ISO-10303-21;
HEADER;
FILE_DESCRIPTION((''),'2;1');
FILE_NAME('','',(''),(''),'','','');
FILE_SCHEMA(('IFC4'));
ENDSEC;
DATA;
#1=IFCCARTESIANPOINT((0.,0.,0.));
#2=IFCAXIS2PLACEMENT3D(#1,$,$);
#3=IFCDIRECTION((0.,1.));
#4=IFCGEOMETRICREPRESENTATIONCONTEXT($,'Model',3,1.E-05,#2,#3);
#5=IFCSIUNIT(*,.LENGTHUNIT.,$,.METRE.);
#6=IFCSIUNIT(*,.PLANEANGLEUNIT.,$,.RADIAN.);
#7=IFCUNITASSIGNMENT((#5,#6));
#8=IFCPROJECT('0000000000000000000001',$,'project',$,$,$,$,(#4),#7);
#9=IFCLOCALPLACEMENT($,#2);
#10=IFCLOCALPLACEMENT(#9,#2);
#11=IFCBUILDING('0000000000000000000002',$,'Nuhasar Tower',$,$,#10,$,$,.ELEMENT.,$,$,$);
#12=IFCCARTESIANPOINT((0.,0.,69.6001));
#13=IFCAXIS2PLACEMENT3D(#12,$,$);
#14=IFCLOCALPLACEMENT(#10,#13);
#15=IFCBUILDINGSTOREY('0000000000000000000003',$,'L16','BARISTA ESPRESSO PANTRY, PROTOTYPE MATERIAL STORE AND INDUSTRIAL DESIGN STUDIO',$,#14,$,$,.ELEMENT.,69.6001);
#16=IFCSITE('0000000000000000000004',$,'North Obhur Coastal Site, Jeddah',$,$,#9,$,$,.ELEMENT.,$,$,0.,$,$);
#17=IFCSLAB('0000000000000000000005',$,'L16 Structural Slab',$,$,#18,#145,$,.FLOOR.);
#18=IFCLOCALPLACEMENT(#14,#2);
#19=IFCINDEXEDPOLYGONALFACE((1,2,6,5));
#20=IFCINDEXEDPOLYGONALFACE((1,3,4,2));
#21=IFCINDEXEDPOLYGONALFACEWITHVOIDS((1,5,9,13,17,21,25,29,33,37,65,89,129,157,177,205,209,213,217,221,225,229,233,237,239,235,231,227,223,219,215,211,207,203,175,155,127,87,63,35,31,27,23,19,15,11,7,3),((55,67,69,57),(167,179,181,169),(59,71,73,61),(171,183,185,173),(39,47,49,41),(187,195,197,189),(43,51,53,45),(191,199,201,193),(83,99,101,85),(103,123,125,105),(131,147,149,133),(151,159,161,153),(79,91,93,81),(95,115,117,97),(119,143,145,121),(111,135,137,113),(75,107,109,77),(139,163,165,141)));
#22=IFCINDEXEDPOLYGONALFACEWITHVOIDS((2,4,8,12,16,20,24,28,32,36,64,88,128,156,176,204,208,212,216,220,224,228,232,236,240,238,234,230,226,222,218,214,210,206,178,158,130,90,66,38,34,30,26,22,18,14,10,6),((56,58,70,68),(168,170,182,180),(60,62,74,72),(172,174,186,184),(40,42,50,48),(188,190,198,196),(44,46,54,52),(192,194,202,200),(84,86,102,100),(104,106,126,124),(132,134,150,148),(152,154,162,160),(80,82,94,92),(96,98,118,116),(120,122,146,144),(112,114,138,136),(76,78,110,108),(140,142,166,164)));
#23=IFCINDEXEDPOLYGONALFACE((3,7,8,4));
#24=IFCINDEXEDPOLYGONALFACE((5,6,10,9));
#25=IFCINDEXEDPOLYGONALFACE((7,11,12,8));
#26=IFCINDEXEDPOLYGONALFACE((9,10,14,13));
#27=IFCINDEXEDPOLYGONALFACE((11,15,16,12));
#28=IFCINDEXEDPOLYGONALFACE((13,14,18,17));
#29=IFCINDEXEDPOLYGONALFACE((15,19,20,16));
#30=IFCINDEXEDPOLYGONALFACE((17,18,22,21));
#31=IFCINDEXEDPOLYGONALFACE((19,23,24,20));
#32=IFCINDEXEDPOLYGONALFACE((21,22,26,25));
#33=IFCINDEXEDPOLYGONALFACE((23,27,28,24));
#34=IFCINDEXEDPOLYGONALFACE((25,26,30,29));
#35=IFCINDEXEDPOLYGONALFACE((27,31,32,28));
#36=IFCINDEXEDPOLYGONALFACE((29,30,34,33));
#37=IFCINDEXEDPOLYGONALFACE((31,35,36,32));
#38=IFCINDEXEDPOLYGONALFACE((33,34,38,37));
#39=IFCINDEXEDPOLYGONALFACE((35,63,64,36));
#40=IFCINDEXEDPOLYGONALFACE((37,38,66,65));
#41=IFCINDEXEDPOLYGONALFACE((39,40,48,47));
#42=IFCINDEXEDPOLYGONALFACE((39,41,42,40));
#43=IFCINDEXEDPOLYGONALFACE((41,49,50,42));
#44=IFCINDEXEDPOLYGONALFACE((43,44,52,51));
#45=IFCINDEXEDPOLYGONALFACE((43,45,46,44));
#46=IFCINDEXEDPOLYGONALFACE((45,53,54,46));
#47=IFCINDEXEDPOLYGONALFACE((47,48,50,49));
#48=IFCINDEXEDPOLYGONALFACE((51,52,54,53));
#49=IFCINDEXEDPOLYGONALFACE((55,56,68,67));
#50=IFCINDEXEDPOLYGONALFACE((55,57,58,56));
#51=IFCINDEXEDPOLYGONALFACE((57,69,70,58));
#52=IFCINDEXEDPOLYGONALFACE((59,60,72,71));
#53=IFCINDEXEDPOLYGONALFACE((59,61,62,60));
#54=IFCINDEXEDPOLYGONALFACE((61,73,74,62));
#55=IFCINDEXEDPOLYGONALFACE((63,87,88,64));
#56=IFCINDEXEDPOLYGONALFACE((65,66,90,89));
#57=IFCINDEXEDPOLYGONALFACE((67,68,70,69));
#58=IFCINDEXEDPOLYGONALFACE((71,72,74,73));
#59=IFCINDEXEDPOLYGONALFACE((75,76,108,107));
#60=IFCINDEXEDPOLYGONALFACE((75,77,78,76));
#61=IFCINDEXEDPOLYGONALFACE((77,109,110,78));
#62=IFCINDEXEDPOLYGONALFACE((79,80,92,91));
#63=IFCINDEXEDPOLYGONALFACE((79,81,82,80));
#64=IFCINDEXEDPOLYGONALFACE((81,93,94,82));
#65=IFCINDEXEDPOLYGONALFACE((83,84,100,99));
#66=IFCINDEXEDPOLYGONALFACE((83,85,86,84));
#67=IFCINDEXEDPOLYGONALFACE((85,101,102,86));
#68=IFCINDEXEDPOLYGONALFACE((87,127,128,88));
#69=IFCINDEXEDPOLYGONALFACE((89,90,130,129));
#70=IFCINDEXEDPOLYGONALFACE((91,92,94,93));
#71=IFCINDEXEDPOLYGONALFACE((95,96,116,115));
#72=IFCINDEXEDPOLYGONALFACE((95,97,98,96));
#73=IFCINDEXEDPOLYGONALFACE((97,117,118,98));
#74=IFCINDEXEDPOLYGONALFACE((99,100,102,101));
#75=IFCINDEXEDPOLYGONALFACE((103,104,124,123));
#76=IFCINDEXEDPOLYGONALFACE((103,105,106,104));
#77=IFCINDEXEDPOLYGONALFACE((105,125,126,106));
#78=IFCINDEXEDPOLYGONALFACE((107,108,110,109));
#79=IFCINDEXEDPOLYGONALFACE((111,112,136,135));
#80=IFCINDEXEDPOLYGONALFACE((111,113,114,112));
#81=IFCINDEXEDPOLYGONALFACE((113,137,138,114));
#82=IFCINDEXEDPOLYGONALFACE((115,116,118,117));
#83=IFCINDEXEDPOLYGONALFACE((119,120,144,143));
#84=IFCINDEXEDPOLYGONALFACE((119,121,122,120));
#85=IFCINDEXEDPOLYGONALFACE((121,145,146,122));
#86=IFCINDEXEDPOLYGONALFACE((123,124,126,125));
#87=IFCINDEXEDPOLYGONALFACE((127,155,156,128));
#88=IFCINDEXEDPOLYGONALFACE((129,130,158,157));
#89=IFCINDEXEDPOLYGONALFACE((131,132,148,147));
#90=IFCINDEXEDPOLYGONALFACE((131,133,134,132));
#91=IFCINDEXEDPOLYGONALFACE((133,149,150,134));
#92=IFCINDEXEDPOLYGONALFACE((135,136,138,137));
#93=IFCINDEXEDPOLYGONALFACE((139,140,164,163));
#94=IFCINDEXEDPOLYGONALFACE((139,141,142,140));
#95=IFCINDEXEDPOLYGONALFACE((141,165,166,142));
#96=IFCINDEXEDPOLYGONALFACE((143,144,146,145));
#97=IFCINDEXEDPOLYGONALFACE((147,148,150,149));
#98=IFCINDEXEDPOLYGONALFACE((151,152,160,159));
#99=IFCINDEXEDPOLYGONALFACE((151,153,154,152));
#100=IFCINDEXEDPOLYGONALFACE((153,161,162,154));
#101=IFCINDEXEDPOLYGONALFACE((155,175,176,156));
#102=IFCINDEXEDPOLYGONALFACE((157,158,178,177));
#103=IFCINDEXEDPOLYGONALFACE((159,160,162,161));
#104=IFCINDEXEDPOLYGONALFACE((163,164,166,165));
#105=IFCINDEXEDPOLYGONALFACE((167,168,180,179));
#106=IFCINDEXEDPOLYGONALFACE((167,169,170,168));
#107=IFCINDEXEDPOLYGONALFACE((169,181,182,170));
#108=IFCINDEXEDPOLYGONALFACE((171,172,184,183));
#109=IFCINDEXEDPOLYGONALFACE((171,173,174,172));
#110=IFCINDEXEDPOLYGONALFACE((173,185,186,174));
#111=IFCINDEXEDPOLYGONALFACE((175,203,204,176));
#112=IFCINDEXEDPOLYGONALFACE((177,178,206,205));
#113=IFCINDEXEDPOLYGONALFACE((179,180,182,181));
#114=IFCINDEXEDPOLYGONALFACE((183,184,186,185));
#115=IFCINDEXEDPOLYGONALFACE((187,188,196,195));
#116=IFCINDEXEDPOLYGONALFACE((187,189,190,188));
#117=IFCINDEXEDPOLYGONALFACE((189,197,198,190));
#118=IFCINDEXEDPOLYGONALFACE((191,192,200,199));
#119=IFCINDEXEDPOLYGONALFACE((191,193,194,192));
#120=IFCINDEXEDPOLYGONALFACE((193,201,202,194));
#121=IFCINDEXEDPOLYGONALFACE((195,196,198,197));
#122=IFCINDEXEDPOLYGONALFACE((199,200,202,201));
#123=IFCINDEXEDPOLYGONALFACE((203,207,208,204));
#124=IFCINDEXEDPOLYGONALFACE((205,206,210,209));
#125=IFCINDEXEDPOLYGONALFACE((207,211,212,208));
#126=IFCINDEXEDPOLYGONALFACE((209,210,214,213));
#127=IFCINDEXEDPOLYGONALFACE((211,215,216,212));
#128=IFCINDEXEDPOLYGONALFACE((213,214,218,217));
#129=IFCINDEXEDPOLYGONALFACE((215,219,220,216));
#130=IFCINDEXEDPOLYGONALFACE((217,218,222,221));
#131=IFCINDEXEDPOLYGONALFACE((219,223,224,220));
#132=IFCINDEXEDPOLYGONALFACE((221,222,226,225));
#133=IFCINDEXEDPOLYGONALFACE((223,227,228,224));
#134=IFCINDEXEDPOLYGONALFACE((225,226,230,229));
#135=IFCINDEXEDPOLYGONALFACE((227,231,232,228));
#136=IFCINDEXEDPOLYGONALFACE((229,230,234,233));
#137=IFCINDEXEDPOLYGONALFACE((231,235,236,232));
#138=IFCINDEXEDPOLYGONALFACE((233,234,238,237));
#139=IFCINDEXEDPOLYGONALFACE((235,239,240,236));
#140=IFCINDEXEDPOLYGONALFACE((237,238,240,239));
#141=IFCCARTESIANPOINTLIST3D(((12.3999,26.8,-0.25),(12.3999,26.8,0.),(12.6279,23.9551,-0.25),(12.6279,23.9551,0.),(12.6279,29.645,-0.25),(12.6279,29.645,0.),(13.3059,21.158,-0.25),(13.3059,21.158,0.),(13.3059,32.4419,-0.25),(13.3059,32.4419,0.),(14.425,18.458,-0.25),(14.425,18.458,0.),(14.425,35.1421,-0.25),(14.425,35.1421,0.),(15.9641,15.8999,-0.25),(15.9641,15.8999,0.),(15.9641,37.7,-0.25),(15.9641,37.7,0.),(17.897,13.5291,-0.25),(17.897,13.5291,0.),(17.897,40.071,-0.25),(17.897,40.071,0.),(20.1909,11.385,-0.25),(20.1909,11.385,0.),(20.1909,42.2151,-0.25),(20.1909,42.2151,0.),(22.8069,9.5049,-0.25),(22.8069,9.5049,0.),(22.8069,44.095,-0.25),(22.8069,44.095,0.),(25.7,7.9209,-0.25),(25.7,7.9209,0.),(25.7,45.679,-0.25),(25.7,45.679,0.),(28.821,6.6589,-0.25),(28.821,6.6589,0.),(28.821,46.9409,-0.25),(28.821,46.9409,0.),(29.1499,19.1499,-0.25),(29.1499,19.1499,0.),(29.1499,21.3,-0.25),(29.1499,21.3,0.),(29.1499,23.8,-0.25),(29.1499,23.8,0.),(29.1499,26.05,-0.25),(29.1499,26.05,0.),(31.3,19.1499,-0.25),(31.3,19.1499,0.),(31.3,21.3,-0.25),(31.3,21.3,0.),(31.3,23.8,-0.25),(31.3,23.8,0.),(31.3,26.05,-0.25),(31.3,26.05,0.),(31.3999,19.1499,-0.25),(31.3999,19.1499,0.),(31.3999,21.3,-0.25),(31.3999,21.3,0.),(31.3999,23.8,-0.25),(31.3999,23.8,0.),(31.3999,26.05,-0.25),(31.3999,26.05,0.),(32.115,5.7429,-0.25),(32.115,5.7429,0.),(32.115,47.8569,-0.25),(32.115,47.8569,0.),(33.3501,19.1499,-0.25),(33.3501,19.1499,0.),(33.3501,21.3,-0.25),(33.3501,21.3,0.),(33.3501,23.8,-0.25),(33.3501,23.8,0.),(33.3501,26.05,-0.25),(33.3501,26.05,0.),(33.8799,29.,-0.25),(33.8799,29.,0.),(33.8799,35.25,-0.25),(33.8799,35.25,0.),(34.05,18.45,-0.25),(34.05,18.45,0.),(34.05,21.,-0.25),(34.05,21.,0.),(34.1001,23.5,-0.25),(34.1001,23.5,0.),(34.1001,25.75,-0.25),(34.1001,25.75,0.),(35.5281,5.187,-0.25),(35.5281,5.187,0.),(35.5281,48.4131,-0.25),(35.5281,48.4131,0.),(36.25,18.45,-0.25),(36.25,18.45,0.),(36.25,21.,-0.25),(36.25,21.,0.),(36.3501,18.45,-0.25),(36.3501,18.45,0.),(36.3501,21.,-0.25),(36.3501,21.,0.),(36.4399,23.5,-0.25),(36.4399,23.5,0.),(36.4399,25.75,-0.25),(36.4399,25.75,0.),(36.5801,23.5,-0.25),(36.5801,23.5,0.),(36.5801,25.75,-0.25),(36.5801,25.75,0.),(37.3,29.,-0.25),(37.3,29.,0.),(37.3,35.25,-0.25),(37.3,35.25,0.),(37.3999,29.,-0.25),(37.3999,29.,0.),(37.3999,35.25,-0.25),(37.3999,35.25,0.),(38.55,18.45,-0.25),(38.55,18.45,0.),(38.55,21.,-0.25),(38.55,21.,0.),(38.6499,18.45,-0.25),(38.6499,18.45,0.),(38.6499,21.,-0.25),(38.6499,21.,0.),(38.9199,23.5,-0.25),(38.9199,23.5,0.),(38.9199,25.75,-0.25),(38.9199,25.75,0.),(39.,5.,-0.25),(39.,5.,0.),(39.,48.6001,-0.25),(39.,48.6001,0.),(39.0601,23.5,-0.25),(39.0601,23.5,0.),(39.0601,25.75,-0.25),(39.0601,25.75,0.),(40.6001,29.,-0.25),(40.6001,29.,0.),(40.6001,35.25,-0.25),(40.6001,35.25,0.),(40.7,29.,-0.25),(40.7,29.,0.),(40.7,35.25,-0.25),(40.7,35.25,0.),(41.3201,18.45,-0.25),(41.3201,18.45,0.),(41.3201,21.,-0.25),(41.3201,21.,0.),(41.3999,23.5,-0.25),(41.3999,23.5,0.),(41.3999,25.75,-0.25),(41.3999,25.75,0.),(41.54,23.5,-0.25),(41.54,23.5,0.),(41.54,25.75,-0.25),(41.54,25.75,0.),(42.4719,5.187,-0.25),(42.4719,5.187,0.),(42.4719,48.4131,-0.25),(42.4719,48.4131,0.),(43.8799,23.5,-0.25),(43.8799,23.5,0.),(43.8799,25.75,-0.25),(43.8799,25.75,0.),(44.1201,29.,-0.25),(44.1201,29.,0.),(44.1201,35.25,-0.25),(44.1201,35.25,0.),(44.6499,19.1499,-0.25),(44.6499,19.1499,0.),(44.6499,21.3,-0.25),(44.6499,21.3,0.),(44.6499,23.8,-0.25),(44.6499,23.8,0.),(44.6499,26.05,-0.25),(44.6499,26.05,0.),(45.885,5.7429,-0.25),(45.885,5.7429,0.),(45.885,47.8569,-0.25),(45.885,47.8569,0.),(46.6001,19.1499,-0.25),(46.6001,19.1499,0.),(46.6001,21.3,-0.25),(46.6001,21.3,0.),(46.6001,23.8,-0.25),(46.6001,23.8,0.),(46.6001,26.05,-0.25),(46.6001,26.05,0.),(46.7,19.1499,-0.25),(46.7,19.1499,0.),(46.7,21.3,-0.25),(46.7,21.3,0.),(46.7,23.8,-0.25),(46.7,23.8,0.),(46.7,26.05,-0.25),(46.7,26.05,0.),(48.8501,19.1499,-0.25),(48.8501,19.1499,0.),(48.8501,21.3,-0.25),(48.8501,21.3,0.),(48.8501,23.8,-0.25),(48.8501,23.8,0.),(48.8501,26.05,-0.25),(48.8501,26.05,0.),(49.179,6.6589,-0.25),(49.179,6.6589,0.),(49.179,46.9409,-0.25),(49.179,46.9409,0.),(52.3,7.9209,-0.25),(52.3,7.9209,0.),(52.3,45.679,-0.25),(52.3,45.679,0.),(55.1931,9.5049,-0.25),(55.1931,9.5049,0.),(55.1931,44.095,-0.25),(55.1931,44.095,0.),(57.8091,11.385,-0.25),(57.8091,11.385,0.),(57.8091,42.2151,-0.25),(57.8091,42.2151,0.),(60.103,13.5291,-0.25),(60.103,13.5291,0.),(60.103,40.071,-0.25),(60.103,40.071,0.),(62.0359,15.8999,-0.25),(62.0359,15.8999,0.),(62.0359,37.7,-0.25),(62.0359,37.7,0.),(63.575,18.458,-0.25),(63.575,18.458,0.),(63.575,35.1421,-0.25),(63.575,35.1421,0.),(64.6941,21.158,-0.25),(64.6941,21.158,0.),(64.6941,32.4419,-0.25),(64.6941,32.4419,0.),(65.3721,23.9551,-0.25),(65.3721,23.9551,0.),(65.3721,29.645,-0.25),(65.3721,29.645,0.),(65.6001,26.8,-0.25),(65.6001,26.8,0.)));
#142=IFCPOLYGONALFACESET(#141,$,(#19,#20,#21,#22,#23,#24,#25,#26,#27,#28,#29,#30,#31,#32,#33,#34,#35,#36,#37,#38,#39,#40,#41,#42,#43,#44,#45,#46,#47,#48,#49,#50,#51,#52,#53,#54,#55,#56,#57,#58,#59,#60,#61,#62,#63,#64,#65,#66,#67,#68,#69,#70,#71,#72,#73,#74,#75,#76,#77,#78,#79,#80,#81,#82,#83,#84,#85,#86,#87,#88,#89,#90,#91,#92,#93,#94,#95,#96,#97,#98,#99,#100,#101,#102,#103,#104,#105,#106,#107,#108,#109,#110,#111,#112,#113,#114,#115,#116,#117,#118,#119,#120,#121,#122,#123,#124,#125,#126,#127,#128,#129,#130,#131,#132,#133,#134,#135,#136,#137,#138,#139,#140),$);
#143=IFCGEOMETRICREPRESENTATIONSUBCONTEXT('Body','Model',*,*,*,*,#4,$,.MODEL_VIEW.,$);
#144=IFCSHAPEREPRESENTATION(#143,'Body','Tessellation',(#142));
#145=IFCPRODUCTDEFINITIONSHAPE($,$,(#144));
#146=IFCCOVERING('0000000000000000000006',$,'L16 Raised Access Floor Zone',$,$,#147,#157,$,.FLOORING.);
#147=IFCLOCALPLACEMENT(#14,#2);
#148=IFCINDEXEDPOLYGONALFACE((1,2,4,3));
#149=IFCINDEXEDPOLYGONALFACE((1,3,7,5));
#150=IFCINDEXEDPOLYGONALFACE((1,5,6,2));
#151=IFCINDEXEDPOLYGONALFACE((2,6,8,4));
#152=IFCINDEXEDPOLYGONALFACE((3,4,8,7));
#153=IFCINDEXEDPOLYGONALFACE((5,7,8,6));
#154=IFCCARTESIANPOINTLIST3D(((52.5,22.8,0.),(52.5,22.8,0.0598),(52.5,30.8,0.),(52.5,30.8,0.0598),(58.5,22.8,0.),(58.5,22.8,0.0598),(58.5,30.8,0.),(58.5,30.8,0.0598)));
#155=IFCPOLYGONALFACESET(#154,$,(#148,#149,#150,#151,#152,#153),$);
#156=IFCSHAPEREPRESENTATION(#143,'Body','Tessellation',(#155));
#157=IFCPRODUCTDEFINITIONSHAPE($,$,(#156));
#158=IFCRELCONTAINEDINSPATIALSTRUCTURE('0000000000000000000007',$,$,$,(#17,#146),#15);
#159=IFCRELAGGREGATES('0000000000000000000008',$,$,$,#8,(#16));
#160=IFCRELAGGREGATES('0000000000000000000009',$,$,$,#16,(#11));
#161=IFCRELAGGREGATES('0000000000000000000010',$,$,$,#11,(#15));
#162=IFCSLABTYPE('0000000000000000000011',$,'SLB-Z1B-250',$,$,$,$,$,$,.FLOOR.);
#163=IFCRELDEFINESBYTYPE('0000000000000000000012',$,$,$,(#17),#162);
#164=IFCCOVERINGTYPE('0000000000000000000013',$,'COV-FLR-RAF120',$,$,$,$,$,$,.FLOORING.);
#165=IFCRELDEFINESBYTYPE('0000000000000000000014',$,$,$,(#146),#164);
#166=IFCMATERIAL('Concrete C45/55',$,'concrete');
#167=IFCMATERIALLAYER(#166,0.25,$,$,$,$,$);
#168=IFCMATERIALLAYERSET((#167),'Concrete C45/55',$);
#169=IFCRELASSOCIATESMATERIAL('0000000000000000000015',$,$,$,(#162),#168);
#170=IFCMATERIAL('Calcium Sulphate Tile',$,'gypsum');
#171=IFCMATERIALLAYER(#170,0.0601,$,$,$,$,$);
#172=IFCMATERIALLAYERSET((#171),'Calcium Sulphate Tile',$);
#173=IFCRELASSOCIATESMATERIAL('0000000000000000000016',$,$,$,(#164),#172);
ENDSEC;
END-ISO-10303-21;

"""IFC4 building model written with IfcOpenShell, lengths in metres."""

from ifc_helpers import new_model, si_unit, direction, frame, origin, place, context, subcontext, project, spatial, polyline, outline, extrude, material, layer, layer_set, type_object, element, save


model = new_model("IFC4")

# Units and contexts
model_context = context("Model", 3, precision=1e-05, world=origin(), true_north=direction((0.0, 1.0)))
body_context = subcontext(model_context, "Body", "Model", "MODEL_VIEW")
ifc_project = project(units=[si_unit("LENGTHUNIT", "METRE"), si_unit("PLANEANGLEUNIT", "RADIAN")], contexts=[model_context])

# Site, building, storey
site_placement = place(None, origin())
site = spatial("IfcSite", under=ifc_project, at=site_placement, Name="North Obhur Coastal Site, Jeddah", CompositionType="ELEMENT", RefElevation=0.0)
building_placement = place(site_placement, origin())
building = spatial("IfcBuilding", under=site, at=building_placement, Name="Nuhasar Tower", CompositionType="ELEMENT")
storey_placement = place(building_placement, frame((0.0, 0.0, 69.6001)))
storey = spatial("IfcBuildingStorey", under=building, at=storey_placement, Name="L16", Description="BARISTA ESPRESSO PANTRY, PROTOTYPE MATERIAL STORE AND INDUSTRIAL DESIGN STUDIO", CompositionType="ELEMENT", Elevation=69.6001)

# Shared definitions
ifc_material_1 = material(Name="Concrete C45/55", Category="concrete")

# Slab
ifc_layer_1 = layer(ifc_material_1, 0.25)
ifc_layer_set_1 = layer_set([ifc_layer_1], Name="Concrete C45/55")
slab_type_1 = type_object("IfcSlabType", Name="SLB-Z1B-250", PredefinedType="FLOOR", material=ifc_layer_set_1)
slab_1_placement = place(storey_placement, frame((0.0, 0.0, -0.25)))
element("IfcSlab", 1, at=slab_1_placement, inside=storey, type_object=slab_type_1, Name="L16 Structural Slab", PredefinedType="FLOOR", context=body_context, shape_type="SweptSolid", body=[
    extrude(outline(polyline([(65.6001, 26.8), (65.3721, 29.645), (64.6941, 32.4419), (63.575, 35.1421), (62.0359, 37.7), (60.103, 40.071), (57.8091, 42.2151), (55.1931, 44.095), (52.3, 45.679), (49.179, 46.9409), (45.885, 47.8569), (42.4719, 48.4131), (39.0, 48.6001), (35.5281, 48.4131), (32.115, 47.8569), (28.821, 46.9409), (25.7, 45.679), (22.8069, 44.095), (20.1909, 42.2151), (17.897, 40.071), (15.9641, 37.7), (14.425, 35.1421), (13.3059, 32.4419), (12.6279, 29.645), (12.3999, 26.8), (12.6279, 23.9551), (13.3059, 21.158), (14.425, 18.458), (15.9641, 15.8999), (17.897, 13.5291), (20.1909, 11.385), (22.8069, 9.5049), (25.7, 7.9209), (28.821, 6.6589), (32.115, 5.7429), (35.5281, 5.187), (39.0, 5.0), (42.4719, 5.187), (45.885, 5.7429), (49.179, 6.6589), (52.3, 7.9209), (55.1931, 9.5049), (57.8091, 11.385), (60.103, 13.5291), (62.0359, 15.8999), (63.575, 18.458), (64.6941, 21.158), (65.3721, 23.9551), (65.6001, 26.8)]), holes=[polyline([(33.8799, 35.25), (37.3, 35.25), (37.3, 29.0), (33.8799, 29.0), (33.8799, 35.25)]), polyline([(37.3999, 35.25), (40.6001, 35.25), (40.6001, 29.0), (37.3999, 29.0), (37.3999, 35.25)]), polyline([(40.7, 35.25), (44.1201, 35.25), (44.1201, 29.0), (40.7, 29.0), (40.7, 35.25)]), polyline([(29.1499, 26.05), (31.3, 26.05), (31.3, 23.8), (29.1499, 23.8), (29.1499, 26.05)]), polyline([(31.3999, 26.05), (33.3501, 26.05), (33.3501, 23.8), (31.3999, 23.8), (31.3999, 26.05)]), polyline([(29.1499, 21.3), (31.3, 21.3), (31.3, 19.1499), (29.1499, 19.1499), (29.1499, 21.3)]), polyline([(31.3999, 21.3), (33.3501, 21.3), (33.3501, 19.1499), (31.3999, 19.1499), (31.3999, 21.3)]), polyline([(44.6499, 26.05), (46.6001, 26.05), (46.6001, 23.8), (44.6499, 23.8), (44.6499, 26.05)]), polyline([(46.7, 26.05), (48.8501, 26.05), (48.8501, 23.8), (46.7, 23.8), (46.7, 26.05)]), polyline([(44.6499, 21.3), (46.6001, 21.3), (46.6001, 19.1499), (44.6499, 19.1499), (44.6499, 21.3)]), polyline([(46.7, 21.3), (48.8501, 21.3), (48.8501, 19.1499), (46.7, 19.1499), (46.7, 21.3)]), polyline([(34.1001, 25.75), (36.4399, 25.75), (36.4399, 23.5), (34.1001, 23.5), (34.1001, 25.75)]), polyline([(36.5801, 25.75), (38.9199, 25.75), (38.9199, 23.5), (36.5801, 23.5), (36.5801, 25.75)]), polyline([(39.0601, 25.75), (41.3999, 25.75), (41.3999, 23.5), (39.0601, 23.5), (39.0601, 25.75)]), polyline([(41.54, 25.75), (43.8799, 25.75), (43.8799, 23.5), (41.54, 23.5), (41.54, 25.75)]), polyline([(34.05, 21.0), (36.25, 21.0), (36.25, 18.45), (34.05, 18.45), (34.05, 21.0)]), polyline([(36.3501, 21.0), (38.55, 21.0), (38.55, 18.45), (36.3501, 18.45), (36.3501, 21.0)]), polyline([(38.6499, 21.0), (41.3201, 21.0), (41.3201, 18.45), (38.6499, 18.45), (38.6499, 21.0)])]), origin(), (0.0, 0.0, 1.0), 0.25),
])

# Covering
ifc_material_2 = material(Name="Calcium Sulphate Tile", Category="gypsum")
ifc_layer_2 = layer(ifc_material_2, 0.0601)
ifc_layer_set_2 = layer_set([ifc_layer_2], Name="Calcium Sulphate Tile")
covering_type = type_object("IfcCoveringType", Name="COV-FLR-RAF120", PredefinedType="FLOORING", material=ifc_layer_set_2)
covering_placement = place(storey_placement, origin())
element("IfcCovering", 2, at=covering_placement, inside=storey, type_object=covering_type, Name="L16 Raised Access Floor Zone", PredefinedType="FLOORING", context=body_context, shape_type="SweptSolid", body=[
    extrude(outline(polyline([(52.5, 22.8), (58.5, 22.8), (58.5, 30.8), (52.5, 30.8), (52.5, 22.8)])), origin(), (0.0, 0.0, 1.0), 0.0598),
])

save(model, "model.ifc")
